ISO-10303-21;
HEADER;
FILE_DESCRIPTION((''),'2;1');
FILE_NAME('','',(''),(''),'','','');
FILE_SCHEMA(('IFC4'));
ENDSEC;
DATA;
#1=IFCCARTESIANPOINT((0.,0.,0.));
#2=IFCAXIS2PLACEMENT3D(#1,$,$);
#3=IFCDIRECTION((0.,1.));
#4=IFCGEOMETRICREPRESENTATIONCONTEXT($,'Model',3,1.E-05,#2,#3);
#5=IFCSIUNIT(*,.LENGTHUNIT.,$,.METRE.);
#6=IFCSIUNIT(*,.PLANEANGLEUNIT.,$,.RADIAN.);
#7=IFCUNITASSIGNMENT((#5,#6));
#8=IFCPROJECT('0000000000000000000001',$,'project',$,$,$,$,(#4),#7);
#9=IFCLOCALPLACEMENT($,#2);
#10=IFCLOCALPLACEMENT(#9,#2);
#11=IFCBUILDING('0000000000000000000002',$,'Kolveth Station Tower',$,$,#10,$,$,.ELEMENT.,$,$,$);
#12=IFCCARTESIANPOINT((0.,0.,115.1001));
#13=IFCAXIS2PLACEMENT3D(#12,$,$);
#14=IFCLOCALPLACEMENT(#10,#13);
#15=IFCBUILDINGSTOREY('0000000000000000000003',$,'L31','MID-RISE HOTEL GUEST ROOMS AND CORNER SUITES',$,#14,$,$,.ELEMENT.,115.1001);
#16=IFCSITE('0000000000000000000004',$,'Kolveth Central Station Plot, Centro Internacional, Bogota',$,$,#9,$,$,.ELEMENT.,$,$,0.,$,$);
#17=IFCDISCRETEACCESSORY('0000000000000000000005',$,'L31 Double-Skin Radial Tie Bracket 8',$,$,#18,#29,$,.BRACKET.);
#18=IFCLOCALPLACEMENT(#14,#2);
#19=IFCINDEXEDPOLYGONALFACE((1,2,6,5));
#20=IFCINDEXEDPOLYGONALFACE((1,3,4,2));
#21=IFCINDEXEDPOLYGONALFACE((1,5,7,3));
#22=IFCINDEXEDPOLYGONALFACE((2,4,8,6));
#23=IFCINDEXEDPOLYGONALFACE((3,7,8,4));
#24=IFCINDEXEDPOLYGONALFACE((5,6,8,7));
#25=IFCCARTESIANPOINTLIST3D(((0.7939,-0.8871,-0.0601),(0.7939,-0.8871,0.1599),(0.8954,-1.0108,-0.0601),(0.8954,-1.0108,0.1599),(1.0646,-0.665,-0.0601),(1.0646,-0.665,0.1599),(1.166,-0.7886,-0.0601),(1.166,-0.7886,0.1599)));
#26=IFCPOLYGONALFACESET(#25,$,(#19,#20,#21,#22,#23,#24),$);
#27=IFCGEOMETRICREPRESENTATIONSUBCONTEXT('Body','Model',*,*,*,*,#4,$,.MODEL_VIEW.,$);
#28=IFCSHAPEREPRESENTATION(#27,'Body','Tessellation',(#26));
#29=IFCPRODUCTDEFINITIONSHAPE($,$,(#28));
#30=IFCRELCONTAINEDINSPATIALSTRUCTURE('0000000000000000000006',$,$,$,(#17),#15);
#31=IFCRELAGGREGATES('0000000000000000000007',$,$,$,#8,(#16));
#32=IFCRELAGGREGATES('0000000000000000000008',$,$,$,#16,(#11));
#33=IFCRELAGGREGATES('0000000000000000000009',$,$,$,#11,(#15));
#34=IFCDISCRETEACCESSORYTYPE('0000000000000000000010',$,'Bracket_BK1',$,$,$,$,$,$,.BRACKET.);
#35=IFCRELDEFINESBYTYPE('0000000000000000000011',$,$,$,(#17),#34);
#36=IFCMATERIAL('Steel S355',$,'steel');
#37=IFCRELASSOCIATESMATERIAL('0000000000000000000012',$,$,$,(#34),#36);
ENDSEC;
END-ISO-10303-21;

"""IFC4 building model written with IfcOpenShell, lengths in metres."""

from ifc_helpers import new_model, si_unit, direction, frame, origin, origin_2d, place, context, subcontext, project, spatial, rectangle, extrude, source, transform, mapped, material, type_object, element, save


model = new_model("IFC4")

# Units and contexts
model_context = context("Model", 3, precision=1e-05, world=origin(), true_north=direction((0.0, 1.0)))
body_context = subcontext(model_context, "Body", "Model", "MODEL_VIEW")
ifc_project = project(units=[si_unit("LENGTHUNIT", "METRE"), si_unit("PLANEANGLEUNIT", "RADIAN")], contexts=[model_context])

# Site, building, storey
site_placement = place(None, origin())
site = spatial("IfcSite", under=ifc_project, at=site_placement, Name="Kolveth Central Station Plot, Centro Internacional, Bogota", CompositionType="ELEMENT", RefElevation=0.0)
building_placement = place(site_placement, origin())
building = spatial("IfcBuilding", under=site, at=building_placement, Name="Kolveth Station Tower", CompositionType="ELEMENT")
storey_placement = place(building_placement, frame((0.0, 0.0, 115.1001)))
storey = spatial("IfcBuildingStorey", under=building, at=storey_placement, Name="L31", Description="MID-RISE HOTEL GUEST ROOMS AND CORNER SUITES", CompositionType="ELEMENT", Elevation=115.1001)

# Shared definitions
ifc_material_1 = material(Name="Steel S355", Category="steel")

# Discrete accessory
discrete_accessory_type = type_object("IfcDiscreteAccessoryType", Name="Bracket_BK1", PredefinedType="BRACKET", material=ifc_material_1)
shared_shape_1 = source(origin(), body_context, "Body", "SweptSolid", [
    extrude(rectangle(XDim=0.3501, YDim=0.1599, at=origin_2d()), origin(), (0.0, 0.0, 1.0), 0.22),
])
discrete_accessory_placement = place(storey_placement, frame((0.98, -0.8379, -0.0601), z_axis=(0.0, 0.0, 1.0), x_axis=(-0.772955, -0.634461, 0.0)))
element("IfcDiscreteAccessory", 1, at=discrete_accessory_placement, inside=storey, type_object=discrete_accessory_type, Name="L31 Double-Skin Radial Tie Bracket 8", PredefinedType="BRACKET", context=body_context, shape_type="MappedRepresentation", body=[
    mapped(shared_shape_1, transform((0.0, 0.0, 0.0), x_axis=(1.0, 0.0, 0.0), y_axis=(0.0, 1.0, 0.0), z_axis=(0.0, 0.0, 1.0), scale=1.0)),
])

save(model, "model.ifc")
